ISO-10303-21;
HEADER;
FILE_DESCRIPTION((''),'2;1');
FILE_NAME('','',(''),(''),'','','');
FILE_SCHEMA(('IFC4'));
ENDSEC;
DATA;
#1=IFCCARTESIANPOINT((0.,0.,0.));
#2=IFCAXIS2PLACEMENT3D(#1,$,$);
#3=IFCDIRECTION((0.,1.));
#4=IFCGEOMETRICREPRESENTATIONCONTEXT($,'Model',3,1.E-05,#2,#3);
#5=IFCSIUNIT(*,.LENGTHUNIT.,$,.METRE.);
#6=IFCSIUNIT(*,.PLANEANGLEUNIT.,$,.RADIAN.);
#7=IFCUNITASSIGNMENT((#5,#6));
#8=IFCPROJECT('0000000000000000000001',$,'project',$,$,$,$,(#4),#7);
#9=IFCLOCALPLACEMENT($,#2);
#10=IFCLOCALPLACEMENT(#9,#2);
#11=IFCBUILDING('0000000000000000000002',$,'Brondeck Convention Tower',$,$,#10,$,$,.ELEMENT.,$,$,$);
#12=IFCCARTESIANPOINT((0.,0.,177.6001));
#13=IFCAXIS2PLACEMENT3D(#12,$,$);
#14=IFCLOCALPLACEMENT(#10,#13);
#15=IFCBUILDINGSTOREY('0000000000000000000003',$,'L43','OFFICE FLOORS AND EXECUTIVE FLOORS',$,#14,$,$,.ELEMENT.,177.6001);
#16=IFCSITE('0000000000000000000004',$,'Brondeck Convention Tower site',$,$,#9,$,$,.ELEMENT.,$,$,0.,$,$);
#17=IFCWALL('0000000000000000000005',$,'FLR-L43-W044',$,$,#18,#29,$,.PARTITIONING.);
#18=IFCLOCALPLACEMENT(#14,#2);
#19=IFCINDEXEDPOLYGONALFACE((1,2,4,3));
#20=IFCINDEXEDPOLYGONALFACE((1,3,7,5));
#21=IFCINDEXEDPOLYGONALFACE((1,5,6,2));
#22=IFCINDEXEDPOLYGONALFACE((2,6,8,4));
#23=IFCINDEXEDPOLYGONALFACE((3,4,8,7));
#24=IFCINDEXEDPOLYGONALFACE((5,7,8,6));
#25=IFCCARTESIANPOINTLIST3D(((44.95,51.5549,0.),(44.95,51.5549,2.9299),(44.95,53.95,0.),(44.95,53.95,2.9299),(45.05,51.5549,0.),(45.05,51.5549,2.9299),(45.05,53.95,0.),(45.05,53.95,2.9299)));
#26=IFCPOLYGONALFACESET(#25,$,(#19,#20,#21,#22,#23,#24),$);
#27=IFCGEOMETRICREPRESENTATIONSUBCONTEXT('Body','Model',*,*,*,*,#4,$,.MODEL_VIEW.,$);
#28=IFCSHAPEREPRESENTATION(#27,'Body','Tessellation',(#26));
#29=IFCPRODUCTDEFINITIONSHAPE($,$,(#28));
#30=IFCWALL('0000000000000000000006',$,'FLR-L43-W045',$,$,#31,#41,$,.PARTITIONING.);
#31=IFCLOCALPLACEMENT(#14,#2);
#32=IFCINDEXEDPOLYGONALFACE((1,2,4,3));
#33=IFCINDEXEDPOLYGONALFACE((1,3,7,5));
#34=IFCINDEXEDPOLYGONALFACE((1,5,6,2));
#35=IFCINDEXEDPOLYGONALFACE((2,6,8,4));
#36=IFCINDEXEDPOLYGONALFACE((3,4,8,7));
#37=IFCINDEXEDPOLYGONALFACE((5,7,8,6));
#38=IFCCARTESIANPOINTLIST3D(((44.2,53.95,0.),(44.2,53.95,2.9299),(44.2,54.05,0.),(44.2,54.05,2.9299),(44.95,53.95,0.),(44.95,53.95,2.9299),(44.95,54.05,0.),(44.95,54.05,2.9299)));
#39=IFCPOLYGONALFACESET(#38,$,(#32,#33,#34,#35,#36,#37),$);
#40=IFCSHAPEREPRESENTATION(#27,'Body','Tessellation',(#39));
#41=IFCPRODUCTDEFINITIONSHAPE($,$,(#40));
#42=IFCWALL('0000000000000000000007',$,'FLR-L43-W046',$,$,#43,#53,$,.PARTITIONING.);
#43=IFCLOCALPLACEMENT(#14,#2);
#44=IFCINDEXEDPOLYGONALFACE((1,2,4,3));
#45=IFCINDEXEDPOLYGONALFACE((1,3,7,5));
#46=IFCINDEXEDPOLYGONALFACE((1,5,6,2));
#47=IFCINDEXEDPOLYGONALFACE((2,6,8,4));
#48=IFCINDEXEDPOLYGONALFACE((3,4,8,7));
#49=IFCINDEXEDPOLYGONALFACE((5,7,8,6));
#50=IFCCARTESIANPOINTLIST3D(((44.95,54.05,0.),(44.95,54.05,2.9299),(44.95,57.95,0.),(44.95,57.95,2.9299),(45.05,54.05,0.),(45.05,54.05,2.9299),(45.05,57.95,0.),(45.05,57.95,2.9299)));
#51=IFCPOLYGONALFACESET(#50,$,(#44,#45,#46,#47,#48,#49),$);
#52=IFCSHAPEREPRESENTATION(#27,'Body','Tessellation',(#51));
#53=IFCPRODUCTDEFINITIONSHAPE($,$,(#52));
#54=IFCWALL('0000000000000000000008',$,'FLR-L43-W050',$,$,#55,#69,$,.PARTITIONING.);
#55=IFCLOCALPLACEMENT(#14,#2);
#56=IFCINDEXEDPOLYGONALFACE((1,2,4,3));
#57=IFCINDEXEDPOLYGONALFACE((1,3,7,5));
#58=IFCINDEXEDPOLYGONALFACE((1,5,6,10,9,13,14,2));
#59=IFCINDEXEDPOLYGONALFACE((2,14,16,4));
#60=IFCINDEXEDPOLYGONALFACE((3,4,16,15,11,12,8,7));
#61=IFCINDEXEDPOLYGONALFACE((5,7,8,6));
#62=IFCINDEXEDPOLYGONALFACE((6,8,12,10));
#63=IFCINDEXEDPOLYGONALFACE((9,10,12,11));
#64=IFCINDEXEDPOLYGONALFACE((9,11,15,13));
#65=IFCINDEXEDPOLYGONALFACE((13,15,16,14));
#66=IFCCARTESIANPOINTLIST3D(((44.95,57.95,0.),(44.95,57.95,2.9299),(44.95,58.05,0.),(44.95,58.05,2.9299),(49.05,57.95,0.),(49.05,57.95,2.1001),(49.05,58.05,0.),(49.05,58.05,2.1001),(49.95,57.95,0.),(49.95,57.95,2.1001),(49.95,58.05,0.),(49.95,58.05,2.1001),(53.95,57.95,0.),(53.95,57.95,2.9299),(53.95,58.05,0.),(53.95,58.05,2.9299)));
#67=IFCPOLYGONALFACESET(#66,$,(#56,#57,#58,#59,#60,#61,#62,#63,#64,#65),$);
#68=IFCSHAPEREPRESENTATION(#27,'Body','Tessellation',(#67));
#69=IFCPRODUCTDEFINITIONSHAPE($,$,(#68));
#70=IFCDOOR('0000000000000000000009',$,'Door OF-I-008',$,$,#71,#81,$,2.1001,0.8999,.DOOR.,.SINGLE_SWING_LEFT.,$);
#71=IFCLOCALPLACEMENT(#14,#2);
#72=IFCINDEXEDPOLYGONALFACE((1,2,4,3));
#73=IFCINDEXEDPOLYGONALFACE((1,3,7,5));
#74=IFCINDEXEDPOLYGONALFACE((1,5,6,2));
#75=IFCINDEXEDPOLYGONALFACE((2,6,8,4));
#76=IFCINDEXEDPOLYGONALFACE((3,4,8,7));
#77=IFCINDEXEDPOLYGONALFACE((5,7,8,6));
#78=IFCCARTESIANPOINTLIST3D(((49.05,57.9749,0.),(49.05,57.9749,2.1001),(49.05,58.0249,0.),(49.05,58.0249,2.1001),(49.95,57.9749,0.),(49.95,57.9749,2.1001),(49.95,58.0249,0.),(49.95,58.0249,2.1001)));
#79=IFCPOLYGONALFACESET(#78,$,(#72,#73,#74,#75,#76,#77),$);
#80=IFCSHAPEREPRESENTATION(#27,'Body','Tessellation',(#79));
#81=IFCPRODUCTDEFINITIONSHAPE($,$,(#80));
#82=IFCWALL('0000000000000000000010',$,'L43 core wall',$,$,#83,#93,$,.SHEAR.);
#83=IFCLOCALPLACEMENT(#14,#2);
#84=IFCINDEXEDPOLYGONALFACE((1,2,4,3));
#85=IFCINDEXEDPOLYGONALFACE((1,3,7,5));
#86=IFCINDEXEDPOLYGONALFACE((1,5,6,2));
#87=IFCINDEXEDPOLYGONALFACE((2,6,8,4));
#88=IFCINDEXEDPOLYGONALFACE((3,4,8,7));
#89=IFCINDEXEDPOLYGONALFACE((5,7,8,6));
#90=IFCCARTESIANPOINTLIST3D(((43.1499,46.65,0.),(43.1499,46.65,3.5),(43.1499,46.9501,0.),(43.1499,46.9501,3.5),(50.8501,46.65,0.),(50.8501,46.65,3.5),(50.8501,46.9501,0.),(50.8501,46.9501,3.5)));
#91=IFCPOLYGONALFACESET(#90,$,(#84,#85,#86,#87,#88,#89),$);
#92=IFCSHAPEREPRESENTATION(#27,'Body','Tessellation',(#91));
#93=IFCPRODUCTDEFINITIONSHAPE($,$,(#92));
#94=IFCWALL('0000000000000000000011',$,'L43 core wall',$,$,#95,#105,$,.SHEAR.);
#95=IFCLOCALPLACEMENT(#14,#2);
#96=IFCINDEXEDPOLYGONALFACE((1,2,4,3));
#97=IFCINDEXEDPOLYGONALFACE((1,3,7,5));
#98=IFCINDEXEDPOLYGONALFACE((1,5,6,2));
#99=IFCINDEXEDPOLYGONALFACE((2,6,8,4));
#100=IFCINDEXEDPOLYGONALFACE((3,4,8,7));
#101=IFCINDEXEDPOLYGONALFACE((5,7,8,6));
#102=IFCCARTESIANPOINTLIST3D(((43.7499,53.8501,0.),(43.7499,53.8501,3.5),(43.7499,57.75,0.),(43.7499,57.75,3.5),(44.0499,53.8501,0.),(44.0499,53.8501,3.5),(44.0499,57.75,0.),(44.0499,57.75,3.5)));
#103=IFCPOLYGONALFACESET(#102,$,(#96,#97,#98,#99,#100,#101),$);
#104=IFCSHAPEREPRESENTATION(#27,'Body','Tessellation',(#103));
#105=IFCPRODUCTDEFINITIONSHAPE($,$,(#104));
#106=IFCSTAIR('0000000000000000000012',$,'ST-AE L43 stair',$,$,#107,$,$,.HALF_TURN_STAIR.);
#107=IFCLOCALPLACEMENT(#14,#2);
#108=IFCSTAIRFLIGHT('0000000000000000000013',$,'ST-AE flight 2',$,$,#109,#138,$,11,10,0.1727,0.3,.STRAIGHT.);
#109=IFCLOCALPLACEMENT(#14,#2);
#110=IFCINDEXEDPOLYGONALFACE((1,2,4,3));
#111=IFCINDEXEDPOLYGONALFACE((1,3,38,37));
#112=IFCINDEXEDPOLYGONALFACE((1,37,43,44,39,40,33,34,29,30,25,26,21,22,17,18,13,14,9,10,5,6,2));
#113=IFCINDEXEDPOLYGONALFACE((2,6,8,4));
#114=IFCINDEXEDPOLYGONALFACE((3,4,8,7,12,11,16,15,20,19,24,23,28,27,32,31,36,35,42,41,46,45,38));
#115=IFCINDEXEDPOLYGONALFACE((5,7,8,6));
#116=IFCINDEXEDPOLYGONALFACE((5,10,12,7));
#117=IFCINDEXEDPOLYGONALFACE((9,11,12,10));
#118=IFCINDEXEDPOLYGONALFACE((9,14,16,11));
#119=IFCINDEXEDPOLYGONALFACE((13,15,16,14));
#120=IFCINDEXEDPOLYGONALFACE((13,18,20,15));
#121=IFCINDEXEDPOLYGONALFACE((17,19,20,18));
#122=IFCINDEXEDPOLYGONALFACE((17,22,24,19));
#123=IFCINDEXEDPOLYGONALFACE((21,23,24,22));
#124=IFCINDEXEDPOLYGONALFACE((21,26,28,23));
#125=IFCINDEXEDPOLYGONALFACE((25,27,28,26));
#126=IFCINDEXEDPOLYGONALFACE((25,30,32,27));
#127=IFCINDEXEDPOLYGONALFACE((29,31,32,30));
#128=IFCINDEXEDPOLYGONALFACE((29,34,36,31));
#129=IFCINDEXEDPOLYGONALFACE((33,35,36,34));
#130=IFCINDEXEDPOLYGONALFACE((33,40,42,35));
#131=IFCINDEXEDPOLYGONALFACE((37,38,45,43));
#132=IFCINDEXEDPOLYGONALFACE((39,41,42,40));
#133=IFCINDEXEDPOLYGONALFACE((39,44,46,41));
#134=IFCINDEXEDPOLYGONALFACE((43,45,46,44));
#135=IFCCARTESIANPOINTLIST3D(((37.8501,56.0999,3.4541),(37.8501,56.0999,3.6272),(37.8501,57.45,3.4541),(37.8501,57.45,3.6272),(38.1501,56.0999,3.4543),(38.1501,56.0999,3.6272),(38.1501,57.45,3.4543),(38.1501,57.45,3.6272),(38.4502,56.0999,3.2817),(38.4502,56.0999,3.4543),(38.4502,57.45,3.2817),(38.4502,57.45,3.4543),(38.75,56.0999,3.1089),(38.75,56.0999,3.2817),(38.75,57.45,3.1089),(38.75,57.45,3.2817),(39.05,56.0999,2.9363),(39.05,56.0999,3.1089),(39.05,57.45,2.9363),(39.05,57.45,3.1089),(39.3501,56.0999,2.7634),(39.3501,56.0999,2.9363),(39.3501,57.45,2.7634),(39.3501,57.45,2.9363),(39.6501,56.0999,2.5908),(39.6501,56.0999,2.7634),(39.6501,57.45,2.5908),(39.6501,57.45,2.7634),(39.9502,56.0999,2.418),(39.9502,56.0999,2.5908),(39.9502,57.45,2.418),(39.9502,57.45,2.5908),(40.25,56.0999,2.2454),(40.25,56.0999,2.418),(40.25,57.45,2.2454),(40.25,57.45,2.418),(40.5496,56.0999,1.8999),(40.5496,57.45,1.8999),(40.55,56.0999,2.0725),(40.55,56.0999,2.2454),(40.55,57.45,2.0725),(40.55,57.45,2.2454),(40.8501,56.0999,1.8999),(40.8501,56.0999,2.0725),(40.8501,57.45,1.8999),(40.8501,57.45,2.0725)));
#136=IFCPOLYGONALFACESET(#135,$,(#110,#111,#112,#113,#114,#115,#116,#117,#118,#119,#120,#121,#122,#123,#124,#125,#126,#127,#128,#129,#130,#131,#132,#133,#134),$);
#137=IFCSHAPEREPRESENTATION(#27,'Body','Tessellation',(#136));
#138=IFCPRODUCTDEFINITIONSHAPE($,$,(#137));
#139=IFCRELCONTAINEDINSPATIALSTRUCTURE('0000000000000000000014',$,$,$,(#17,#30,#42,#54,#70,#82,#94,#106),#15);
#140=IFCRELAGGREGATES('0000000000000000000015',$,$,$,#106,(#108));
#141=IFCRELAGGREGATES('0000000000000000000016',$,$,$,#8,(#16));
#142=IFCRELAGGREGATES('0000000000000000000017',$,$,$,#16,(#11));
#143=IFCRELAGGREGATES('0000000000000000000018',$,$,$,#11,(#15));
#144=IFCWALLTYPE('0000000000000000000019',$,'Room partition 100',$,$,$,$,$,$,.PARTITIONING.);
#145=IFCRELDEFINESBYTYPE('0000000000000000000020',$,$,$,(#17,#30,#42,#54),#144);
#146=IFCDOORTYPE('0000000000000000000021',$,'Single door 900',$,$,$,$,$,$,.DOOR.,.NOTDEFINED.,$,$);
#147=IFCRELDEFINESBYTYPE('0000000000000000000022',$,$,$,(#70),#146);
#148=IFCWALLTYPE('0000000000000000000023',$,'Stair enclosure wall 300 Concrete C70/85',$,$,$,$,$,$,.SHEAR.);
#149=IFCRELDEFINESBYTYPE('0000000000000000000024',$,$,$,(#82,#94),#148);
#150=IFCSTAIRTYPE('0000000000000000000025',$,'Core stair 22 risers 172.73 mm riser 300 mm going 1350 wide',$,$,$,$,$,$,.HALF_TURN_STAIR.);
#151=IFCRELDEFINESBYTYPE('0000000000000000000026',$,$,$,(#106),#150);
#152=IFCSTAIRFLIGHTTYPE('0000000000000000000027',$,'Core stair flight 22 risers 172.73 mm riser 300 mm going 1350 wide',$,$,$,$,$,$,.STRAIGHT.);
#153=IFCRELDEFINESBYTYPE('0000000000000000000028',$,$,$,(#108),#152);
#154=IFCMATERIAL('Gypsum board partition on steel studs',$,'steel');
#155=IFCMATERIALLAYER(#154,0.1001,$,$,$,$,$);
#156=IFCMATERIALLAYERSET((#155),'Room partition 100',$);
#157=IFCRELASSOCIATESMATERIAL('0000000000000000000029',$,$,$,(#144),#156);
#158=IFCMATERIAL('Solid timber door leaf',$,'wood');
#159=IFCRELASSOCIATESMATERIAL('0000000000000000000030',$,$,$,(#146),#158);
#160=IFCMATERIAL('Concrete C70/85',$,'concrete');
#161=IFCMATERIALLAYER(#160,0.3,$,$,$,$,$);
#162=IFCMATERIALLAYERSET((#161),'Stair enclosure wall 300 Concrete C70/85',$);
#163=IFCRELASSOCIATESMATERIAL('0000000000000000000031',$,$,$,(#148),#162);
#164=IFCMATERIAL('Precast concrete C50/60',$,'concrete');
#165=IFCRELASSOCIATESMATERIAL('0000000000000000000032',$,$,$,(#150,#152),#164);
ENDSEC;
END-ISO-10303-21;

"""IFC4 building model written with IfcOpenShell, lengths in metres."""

from ifc_helpers import new_model, si_unit, direction, frame, frame_2d, origin, place, context, subcontext, project, spatial, polyline, rectangle, outline, extrude, material, layer, layer_set, type_object, element, fill, aggregate, save


model = new_model("IFC4")

# Units and contexts
model_context = context("Model", 3, precision=1e-05, world=origin(), true_north=direction((0.0, 1.0)))
body_context = subcontext(model_context, "Body", "Model", "MODEL_VIEW")
ifc_project = project(units=[si_unit("LENGTHUNIT", "METRE"), si_unit("PLANEANGLEUNIT", "RADIAN")], contexts=[model_context])

# Site, building, storey
site_placement = place(None, origin())
site = spatial("IfcSite", under=ifc_project, at=site_placement, Name="Brondeck Convention Tower site", CompositionType="ELEMENT", RefElevation=0.0)
building_placement = place(site_placement, origin())
building = spatial("IfcBuilding", under=site, at=building_placement, Name="Brondeck Convention Tower", CompositionType="ELEMENT")
storey_placement = place(building_placement, frame((0.0, 0.0, 177.6001)))
storey = spatial("IfcBuildingStorey", under=building, at=storey_placement, Name="L43", Description="OFFICE FLOORS AND EXECUTIVE FLOORS", CompositionType="ELEMENT", Elevation=177.6001)

# Shared definitions
ifc_material_1 = material(Name="Concrete C70/85", Category="concrete")

# Shared definitions
ifc_material_2 = material(Name="Gypsum board partition on steel studs", Category="steel")
ifc_layer_1 = layer(ifc_material_2, 0.1001)
ifc_layer_set_1 = layer_set([ifc_layer_1], Name="Room partition 100")
wall_type_1 = type_object("IfcWallType", Name="Room partition 100", PredefinedType="PARTITIONING", material=ifc_layer_set_1)

# Shared definitions
ifc_material_3 = material(Name="Solid timber door leaf", Category="wood")
door_type_1 = type_object("IfcDoorType", Name="Single door 900", OperationType="NOTDEFINED", PredefinedType="DOOR", material=ifc_material_3)

# Walls
wall_1_placement = place(storey_placement, frame((45.0, 53.95, 0.0), z_axis=(0.0, 0.0, 1.0), x_axis=(0.0, -1.0, 0.0)))
element("IfcWall", 1, at=wall_1_placement, inside=storey, type_object=wall_type_1, Name="FLR-L43-W044", PredefinedType="PARTITIONING", context=body_context, shape_type="SweptSolid", body=[
    extrude(rectangle(XDim=2.395, YDim=0.1001, at=frame_2d((1.1975, 0.0))), origin(), (0.0, 0.0, 1.0), 2.9299),
])
wall_2_placement = place(storey_placement, frame((44.2, 54.0, 0.0), z_axis=(0.0, 0.0, 1.0), x_axis=(1.0, 0.0, 0.0)))
element("IfcWall", 2, at=wall_2_placement, inside=storey, type_object=wall_type_1, Name="FLR-L43-W045", PredefinedType="PARTITIONING", context=body_context, shape_type="SweptSolid", body=[
    extrude(rectangle(XDim=0.75, YDim=0.1001, at=frame_2d((0.375, 0.0))), origin(), (0.0, 0.0, 1.0), 2.9299),
])
wall_3_placement = place(storey_placement, frame((45.0, 54.05, 0.0), z_axis=(0.0, 0.0, 1.0), x_axis=(0.0, 1.0, 0.0)))
element("IfcWall", 3, at=wall_3_placement, inside=storey, type_object=wall_type_1, Name="FLR-L43-W046", PredefinedType="PARTITIONING", context=body_context, shape_type="SweptSolid", body=[
    extrude(rectangle(XDim=3.8999, YDim=0.1001, at=frame_2d((1.95, 0.0))), origin(), (0.0, 0.0, 1.0), 2.9299),
])

# Wall, opening, door
wall_4_placement = place(storey_placement, frame((44.95, 58.0, 0.0), z_axis=(0.0, 0.0, 1.0), x_axis=(1.0, 0.0, 0.0)))
wall_4 = element("IfcWall", 4, at=wall_4_placement, inside=storey, type_object=wall_type_1, Name="FLR-L43-W050", PredefinedType="PARTITIONING", context=body_context, shape_type="SweptSolid", body=[
    extrude(rectangle(XDim=9.0, YDim=0.1001, at=frame_2d((4.5, 0.0))), origin(), (0.0, 0.0, 1.0), 2.9299),
])
opening_1_placement = place(wall_4_placement, frame((4.1001, 0.0, 0.0)))
opening_1 = element("IfcOpeningElement", 5, at=opening_1_placement, cuts=wall_4, PredefinedType="OPENING", context=body_context, shape_type="SweptSolid", body=[
    extrude(rectangle(XDim=0.8999, YDim=2.1001, at=frame_2d((0.45, 1.05))), frame((0.0, 0.0601, 0.0), z_axis=(0.0, -1.0, 0.0), x_axis=(1.0, 0.0, 0.0)), (0.0, 0.0, 1.0), 0.1201),
])
door_1_placement = place(opening_1_placement, origin())
door_1 = element("IfcDoor", 6, at=door_1_placement, inside=storey, type_object=door_type_1, Name="Door OF-I-008", OperationType="SINGLE_SWING_LEFT", OverallHeight=2.1001, OverallWidth=0.8999, PredefinedType="DOOR", context=body_context, shape_type="SweptSolid", body=[
    extrude(rectangle(XDim=0.8999, YDim=2.1001, at=frame_2d((0.45, 1.05))), frame((0.0, 0.0249, 0.0), z_axis=(0.0, -1.0, 0.0), x_axis=(1.0, 0.0, 0.0)), (0.0, 0.0, 1.0), 0.05),
])
fill(opening_1, door_1)

# Walls
ifc_layer_2 = layer(ifc_material_1, 0.3)
ifc_layer_set_2 = layer_set([ifc_layer_2], Name="Stair enclosure wall 300 Concrete C70/85")
wall_type_2 = type_object("IfcWallType", Name="Stair enclosure wall 300 Concrete C70/85", PredefinedType="SHEAR", material=ifc_layer_set_2)
wall_5_placement = place(storey_placement, frame((43.1499, 46.8, 0.0), z_axis=(0.0, 0.0, 1.0), x_axis=(1.0, 0.0, 0.0)))
element("IfcWall", 7, at=wall_5_placement, inside=storey, type_object=wall_type_2, Name="L43 core wall", PredefinedType="SHEAR", context=body_context, shape_type="SweptSolid", body=[
    extrude(rectangle(XDim=7.7002, YDim=0.3, at=frame_2d((3.8501, 0.0))), origin(), (0.0, 0.0, 1.0), 3.5),
])
wall_6_placement = place(storey_placement, frame((43.8999, 53.8501, 0.0), z_axis=(0.0, 0.0, 1.0), x_axis=(0.0, 1.0, 0.0)))
element("IfcWall", 8, at=wall_6_placement, inside=storey, type_object=wall_type_2, Name="L43 core wall", PredefinedType="SHEAR", context=body_context, shape_type="SweptSolid", body=[
    extrude(rectangle(XDim=3.8999, YDim=0.3, at=frame_2d((1.95, 0.0))), origin(), (0.0, 0.0, 1.0), 3.5),
])

# Stair, stair flight
ifc_material_4 = material(Name="Precast concrete C50/60", Category="concrete")
stair_type = type_object("IfcStairType", Name="Core stair 22 risers 172.73 mm riser 300 mm going 1350 wide", PredefinedType="HALF_TURN_STAIR", material=ifc_material_4)
stair_placement = place(storey_placement, origin())
stair = element("IfcStair", 9, at=stair_placement, inside=storey, type_object=stair_type, Name="ST-AE L43 stair", PredefinedType="HALF_TURN_STAIR")
stair_flight_type = type_object("IfcStairFlightType", Name="Core stair flight 22 risers 172.73 mm riser 300 mm going 1350 wide", PredefinedType="STRAIGHT", material=ifc_material_4)
stair_flight_placement = place(storey_placement, frame((40.8501, 56.7749, 1.8999), z_axis=(0.0, 0.0, 1.0), x_axis=(-1.0, 0.0, 0.0)))
stair_flight = element("IfcStairFlight", 10, at=stair_flight_placement, type_object=stair_flight_type, Name="ST-AE flight 2", NumberOfRisers=11, NumberOfTreads=10, PredefinedType="STRAIGHT", RiserHeight=0.1727, TreadLength=0.3, context=body_context, shape_type="SweptSolid", body=[
    extrude(outline(polyline([(0.0, 0.0), (0.0, 0.1726), (0.3, 0.1726), (0.3, 0.3455), (0.6001, 0.3455), (0.6001, 0.5181), (0.8999, 0.5181), (0.8999, 0.6909), (1.2, 0.6909), (1.2, 0.8635), (1.5, 0.8635), (1.5, 1.0364), (1.8, 1.0364), (1.8, 1.209), (2.1001, 1.209), (2.1001, 1.3818), (2.3999, 1.3818), (2.3999, 1.5544), (2.7, 1.5544), (2.7, 1.7273), (3.0, 1.7273), (3.0, 1.8999), (3.0, 1.5542), (0.3005, 0.0), (0.0, 0.0)])), frame((0.0, 0.675, 0.0), z_axis=(0.0, -1.0, 0.0), x_axis=(1.0, 0.0, 0.0)), (0.0, 0.0, 1.0), 1.3501),
])
aggregate(stair, [stair_flight])

save(model, "model.ifc")
